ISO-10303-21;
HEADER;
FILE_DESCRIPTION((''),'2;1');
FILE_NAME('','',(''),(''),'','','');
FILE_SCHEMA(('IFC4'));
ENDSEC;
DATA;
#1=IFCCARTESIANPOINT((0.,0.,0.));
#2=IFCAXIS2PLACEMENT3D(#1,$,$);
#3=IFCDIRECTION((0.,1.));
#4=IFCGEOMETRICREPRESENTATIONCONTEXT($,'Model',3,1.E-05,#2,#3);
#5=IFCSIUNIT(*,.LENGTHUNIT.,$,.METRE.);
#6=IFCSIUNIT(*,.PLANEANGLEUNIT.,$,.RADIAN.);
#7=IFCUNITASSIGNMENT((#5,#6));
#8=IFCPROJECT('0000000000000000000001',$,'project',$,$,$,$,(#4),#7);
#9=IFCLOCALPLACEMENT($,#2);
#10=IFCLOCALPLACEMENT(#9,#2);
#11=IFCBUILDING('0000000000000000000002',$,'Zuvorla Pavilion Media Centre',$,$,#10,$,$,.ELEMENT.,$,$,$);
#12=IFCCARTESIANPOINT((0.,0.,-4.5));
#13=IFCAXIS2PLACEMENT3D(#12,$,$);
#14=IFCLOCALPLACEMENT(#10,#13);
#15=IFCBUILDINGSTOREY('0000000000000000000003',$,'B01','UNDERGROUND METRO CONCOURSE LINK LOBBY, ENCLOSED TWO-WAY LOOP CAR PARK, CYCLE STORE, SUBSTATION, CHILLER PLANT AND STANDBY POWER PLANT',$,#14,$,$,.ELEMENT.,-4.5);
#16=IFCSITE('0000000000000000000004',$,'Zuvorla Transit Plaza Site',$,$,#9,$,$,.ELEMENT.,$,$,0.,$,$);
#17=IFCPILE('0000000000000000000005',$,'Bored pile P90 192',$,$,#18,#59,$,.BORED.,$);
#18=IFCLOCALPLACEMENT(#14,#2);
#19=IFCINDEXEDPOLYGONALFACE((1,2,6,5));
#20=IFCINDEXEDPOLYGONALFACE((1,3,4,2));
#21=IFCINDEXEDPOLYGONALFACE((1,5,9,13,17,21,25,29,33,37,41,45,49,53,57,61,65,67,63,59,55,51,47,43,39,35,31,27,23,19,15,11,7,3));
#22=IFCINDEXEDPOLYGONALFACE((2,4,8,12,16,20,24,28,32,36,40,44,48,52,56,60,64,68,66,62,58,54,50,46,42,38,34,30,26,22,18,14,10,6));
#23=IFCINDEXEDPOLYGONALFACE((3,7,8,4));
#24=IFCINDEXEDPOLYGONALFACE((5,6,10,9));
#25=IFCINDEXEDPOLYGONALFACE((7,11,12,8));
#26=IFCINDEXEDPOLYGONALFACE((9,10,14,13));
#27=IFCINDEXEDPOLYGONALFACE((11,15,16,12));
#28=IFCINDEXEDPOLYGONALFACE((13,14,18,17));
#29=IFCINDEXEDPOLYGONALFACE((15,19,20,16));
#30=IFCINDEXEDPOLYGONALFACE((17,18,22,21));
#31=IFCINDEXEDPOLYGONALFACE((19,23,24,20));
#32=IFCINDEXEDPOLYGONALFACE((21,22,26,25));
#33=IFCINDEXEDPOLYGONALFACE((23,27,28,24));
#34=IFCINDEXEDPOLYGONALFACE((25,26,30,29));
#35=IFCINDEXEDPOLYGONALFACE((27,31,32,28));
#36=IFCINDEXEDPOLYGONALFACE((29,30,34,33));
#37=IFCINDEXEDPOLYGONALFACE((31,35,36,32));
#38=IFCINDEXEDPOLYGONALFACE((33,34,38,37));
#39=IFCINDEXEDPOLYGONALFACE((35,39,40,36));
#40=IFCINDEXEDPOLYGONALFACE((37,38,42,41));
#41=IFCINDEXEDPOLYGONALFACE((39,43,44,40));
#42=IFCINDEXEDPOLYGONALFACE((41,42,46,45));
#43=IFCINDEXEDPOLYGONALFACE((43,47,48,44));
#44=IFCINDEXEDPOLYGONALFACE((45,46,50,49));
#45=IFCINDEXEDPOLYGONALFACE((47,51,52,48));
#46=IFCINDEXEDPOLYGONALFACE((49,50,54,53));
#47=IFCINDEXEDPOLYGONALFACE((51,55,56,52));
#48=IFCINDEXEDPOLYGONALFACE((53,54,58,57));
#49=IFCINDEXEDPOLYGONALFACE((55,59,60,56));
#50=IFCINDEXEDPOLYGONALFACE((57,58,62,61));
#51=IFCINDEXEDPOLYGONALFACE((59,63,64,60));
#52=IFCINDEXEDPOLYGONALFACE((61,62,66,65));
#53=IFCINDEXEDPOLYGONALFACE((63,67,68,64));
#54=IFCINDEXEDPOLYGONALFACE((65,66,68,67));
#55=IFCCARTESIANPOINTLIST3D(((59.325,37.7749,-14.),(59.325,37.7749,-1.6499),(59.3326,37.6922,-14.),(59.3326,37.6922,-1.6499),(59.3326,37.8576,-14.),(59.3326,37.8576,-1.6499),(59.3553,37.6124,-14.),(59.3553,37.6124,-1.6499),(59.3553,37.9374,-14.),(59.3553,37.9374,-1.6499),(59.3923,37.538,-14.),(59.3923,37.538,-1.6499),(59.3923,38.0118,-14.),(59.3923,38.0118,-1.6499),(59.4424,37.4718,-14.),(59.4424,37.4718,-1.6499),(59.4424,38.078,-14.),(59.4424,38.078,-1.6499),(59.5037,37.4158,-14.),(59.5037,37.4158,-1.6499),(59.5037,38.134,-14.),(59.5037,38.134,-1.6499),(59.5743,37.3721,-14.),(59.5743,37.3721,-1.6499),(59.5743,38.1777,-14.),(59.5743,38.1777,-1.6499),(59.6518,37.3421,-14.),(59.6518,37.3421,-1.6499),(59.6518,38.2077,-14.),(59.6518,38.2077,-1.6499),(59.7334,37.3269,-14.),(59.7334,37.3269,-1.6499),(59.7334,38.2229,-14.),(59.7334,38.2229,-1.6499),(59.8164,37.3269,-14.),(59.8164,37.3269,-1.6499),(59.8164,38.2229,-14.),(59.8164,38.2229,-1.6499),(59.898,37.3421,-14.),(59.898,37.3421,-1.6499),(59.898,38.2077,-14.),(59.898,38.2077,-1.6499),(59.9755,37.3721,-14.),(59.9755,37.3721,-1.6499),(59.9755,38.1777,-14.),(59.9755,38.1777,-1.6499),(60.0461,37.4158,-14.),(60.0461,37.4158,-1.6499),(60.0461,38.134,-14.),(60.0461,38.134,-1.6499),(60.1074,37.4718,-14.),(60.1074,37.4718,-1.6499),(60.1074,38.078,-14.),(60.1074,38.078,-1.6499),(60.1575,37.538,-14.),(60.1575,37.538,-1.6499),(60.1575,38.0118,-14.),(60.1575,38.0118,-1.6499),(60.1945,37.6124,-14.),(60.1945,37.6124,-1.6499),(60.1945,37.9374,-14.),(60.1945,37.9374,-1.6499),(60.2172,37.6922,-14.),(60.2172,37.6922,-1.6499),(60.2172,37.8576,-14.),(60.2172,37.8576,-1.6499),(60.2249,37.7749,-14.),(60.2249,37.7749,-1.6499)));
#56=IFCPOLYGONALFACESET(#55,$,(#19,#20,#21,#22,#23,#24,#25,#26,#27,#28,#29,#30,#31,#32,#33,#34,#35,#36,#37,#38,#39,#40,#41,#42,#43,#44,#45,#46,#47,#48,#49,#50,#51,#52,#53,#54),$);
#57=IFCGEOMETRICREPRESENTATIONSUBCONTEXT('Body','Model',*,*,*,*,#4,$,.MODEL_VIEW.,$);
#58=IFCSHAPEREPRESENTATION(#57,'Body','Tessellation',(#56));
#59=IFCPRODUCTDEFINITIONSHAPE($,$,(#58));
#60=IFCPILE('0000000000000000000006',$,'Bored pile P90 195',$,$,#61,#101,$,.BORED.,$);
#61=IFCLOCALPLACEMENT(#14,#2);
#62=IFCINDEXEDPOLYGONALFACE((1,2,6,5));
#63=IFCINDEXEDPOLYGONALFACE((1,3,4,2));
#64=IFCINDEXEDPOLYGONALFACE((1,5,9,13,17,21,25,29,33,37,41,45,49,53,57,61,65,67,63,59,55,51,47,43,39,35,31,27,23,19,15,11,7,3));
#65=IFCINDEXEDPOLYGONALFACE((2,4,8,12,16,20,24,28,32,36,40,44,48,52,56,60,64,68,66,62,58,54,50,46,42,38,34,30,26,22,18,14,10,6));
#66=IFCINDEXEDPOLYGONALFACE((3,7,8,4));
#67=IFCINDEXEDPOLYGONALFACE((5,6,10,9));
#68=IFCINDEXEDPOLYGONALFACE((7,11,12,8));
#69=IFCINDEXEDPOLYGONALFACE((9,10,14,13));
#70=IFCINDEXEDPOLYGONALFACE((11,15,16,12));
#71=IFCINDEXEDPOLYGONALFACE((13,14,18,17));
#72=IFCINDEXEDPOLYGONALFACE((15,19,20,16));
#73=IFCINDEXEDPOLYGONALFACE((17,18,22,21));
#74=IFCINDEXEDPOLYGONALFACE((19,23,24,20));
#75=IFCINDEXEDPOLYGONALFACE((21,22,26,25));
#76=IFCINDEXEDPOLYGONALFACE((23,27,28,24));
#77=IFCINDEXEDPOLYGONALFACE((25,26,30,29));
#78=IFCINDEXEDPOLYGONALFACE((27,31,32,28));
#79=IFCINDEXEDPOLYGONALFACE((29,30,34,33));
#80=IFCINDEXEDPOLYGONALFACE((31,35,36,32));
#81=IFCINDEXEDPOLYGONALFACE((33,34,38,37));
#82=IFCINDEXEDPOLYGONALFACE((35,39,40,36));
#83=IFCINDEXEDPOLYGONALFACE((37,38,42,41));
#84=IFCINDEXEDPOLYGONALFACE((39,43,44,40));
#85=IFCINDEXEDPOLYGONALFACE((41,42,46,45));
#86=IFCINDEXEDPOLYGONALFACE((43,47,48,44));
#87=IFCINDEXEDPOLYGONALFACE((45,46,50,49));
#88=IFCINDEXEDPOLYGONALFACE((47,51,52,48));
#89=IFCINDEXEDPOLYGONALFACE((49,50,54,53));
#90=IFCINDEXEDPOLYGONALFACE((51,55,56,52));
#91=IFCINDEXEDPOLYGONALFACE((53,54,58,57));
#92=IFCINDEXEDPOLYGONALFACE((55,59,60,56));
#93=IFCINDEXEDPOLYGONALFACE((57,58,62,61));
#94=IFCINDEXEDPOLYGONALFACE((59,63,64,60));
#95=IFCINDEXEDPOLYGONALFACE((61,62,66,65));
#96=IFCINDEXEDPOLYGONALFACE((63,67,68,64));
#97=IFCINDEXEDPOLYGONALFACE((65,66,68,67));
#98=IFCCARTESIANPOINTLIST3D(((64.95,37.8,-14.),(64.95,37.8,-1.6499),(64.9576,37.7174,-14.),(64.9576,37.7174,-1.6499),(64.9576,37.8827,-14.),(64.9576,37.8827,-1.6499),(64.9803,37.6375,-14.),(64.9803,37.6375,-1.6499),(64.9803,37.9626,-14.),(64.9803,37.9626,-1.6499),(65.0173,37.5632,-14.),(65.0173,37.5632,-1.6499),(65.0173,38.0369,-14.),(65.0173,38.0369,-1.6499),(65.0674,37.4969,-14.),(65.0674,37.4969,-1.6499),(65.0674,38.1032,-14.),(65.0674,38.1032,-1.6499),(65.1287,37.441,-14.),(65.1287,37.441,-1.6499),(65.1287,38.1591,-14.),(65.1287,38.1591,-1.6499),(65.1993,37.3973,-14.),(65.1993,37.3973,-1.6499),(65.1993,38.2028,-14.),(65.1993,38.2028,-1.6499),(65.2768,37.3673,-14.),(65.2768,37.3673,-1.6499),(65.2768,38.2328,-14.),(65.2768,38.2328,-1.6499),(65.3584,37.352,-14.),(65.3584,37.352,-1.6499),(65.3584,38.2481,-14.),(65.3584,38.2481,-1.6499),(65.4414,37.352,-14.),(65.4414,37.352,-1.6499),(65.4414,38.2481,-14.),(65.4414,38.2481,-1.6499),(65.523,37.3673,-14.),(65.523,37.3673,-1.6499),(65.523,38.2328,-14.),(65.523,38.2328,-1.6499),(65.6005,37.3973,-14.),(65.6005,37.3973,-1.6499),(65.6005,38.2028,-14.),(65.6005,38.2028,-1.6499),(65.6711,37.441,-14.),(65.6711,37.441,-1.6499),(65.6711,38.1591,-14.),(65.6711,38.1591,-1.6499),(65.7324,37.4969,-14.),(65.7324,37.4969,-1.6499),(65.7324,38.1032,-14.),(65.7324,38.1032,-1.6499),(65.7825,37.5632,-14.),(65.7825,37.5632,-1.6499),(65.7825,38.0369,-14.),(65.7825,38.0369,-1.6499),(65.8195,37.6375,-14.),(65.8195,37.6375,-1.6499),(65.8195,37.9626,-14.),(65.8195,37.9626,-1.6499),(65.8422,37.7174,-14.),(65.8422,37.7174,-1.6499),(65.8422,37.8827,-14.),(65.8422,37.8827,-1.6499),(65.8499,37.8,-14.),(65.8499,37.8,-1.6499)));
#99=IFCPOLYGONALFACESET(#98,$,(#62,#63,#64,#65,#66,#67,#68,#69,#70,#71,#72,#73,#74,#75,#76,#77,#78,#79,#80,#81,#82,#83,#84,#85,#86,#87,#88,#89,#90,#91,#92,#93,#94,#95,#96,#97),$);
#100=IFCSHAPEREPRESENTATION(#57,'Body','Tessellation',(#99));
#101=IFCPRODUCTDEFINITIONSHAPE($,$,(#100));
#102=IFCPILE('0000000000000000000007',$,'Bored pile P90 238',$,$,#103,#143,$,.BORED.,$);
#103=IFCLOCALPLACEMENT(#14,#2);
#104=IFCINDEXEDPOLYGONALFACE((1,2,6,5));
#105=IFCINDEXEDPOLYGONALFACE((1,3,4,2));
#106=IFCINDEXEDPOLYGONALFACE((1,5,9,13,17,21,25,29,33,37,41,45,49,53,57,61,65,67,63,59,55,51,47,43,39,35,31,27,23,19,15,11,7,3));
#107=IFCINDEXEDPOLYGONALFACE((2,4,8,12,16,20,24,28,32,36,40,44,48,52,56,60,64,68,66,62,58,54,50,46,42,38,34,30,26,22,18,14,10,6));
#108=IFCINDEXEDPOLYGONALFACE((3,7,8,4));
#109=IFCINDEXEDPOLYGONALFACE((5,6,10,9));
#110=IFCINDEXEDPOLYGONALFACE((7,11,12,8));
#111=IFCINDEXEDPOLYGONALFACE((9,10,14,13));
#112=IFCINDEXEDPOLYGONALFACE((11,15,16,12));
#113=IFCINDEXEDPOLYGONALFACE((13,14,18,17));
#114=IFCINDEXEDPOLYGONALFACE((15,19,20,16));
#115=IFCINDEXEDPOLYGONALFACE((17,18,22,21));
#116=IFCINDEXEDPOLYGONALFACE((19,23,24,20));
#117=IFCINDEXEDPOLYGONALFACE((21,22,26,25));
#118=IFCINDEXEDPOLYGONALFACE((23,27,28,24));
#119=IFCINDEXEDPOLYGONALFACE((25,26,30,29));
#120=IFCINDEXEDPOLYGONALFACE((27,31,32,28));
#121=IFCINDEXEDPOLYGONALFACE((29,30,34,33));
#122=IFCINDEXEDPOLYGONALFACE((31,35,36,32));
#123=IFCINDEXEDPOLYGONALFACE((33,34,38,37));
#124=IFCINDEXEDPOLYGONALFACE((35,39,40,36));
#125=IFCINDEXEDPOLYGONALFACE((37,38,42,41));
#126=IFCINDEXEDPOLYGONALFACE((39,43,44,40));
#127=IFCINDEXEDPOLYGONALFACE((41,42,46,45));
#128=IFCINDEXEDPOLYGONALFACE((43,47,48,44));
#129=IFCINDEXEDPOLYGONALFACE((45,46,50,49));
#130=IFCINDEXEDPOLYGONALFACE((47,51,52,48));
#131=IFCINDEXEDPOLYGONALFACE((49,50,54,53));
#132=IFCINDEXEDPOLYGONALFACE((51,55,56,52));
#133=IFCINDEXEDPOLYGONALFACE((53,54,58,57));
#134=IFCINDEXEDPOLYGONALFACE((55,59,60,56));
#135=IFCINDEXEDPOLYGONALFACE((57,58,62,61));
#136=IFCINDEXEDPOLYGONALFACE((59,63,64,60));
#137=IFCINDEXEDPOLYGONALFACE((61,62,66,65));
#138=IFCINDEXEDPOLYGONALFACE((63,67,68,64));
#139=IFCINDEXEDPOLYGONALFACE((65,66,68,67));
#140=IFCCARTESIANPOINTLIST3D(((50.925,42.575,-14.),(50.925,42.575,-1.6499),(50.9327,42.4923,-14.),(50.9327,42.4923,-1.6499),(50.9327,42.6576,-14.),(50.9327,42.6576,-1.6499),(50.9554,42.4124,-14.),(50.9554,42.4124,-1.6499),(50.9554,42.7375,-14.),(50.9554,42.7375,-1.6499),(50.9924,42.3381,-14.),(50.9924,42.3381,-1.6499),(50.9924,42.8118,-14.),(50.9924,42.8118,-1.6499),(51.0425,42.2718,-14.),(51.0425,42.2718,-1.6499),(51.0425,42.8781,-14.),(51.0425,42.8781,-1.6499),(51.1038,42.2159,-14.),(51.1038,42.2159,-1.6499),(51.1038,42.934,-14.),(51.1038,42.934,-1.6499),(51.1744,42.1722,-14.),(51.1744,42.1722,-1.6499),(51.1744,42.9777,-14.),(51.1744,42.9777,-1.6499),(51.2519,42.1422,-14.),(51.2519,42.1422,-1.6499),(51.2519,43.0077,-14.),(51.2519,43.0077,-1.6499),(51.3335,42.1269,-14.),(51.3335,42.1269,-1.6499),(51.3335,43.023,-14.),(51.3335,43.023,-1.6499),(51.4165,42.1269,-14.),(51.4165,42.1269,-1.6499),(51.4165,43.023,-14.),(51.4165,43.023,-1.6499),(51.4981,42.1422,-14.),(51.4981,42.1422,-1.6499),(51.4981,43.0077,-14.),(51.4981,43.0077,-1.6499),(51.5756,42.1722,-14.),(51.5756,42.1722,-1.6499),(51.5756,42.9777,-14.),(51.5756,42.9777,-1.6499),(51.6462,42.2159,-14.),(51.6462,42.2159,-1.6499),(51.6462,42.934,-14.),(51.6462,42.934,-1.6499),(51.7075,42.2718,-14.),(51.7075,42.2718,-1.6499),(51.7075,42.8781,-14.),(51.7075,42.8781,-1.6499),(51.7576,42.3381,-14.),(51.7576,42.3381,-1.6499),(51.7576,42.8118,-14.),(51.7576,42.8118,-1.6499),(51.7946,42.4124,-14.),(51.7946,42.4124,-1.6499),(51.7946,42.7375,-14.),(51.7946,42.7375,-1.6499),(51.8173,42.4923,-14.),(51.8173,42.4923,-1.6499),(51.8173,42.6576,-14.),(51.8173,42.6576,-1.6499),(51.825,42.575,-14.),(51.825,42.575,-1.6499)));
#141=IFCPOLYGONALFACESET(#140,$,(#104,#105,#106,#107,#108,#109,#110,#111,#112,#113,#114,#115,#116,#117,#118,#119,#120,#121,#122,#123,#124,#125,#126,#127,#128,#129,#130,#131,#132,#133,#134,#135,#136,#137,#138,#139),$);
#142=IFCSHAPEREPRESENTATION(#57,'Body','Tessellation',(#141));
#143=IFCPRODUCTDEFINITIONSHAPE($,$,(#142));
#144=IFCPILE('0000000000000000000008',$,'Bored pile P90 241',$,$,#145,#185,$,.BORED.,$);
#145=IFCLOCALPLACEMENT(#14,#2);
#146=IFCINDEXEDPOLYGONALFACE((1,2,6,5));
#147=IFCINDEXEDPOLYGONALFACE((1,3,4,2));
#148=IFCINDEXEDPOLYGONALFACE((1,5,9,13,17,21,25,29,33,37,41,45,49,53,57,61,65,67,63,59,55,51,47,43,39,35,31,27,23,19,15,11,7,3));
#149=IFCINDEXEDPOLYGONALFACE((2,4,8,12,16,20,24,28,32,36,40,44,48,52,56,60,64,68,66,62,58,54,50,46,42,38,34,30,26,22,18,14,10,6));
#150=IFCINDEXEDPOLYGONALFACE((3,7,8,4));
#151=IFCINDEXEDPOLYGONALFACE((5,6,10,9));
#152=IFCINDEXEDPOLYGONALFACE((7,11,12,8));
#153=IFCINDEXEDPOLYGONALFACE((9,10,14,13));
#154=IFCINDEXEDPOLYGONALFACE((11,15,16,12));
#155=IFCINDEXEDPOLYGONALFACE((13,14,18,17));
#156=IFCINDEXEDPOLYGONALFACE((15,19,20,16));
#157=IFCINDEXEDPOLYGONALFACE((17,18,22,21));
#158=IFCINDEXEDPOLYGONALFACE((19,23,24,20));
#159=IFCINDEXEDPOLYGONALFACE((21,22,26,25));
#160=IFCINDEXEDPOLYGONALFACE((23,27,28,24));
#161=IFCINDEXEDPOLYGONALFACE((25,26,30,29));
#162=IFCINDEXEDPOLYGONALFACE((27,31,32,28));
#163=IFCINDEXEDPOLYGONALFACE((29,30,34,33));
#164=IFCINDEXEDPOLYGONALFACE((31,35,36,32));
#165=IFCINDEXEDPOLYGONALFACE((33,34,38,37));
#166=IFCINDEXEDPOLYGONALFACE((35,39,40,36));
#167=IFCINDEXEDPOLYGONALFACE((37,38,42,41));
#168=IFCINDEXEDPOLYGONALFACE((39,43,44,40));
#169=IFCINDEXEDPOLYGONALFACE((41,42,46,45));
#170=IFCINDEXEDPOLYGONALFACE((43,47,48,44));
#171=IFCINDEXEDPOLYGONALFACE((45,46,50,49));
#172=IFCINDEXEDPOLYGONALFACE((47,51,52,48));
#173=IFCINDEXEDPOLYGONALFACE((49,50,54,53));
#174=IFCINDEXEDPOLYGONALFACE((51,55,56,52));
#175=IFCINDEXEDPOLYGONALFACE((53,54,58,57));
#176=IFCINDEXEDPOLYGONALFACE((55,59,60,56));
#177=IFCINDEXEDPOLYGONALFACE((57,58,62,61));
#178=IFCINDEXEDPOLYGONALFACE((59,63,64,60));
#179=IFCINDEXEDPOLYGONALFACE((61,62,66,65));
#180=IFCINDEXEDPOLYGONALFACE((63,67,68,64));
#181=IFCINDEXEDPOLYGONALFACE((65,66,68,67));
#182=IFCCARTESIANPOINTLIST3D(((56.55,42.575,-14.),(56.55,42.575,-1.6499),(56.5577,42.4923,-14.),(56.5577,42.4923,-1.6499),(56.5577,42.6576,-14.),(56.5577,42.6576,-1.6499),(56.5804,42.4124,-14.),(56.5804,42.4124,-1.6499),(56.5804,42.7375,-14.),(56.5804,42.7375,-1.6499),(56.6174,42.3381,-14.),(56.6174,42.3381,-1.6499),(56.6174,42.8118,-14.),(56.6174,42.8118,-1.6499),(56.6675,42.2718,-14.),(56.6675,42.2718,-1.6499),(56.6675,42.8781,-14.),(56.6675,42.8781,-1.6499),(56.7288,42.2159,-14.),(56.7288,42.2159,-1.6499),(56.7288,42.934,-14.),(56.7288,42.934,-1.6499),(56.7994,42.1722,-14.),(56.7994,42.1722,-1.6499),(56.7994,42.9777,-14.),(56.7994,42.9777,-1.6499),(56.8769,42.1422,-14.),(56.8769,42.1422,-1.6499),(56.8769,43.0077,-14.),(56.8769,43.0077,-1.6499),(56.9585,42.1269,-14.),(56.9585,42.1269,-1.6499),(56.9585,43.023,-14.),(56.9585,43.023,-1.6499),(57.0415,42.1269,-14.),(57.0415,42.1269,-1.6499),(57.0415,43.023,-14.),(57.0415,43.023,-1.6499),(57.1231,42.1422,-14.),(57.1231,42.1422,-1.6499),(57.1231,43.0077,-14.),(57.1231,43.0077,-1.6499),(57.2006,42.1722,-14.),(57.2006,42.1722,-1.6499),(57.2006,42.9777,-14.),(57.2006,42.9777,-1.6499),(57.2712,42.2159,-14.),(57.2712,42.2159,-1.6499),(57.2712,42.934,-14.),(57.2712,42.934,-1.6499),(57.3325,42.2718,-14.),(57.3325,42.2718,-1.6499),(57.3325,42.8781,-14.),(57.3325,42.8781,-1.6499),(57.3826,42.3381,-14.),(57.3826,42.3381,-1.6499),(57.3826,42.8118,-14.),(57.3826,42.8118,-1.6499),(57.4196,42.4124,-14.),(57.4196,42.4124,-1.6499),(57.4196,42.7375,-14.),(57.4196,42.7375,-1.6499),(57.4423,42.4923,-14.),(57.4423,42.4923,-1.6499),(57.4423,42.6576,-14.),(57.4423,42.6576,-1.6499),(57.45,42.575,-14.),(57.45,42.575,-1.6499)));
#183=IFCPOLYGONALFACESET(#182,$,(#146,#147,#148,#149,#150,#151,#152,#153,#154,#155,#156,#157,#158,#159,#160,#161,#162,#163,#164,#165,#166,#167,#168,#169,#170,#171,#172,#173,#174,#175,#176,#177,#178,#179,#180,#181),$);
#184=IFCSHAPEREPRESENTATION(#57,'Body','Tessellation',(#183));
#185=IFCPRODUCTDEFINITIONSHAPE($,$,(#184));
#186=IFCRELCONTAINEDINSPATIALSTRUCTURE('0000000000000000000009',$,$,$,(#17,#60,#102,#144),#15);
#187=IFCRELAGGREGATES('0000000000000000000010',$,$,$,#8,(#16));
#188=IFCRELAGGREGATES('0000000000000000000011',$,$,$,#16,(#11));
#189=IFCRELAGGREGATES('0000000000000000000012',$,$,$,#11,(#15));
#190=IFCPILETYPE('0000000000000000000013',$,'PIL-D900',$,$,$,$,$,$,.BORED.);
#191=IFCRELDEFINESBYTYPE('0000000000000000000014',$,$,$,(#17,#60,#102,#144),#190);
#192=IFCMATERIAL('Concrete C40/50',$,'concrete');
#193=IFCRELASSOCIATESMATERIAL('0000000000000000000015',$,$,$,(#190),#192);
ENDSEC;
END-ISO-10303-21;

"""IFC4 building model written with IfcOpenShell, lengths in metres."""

from ifc_helpers import new_model, si_unit, direction, frame, origin, origin_2d, place, context, subcontext, project, spatial, circle, extrude, material, material_profile, profile_set, type_object, element, save


model = new_model("IFC4")

# Units and contexts
model_context = context("Model", 3, precision=1e-05, world=origin(), true_north=direction((0.0, 1.0)))
body_context = subcontext(model_context, "Body", "Model", "MODEL_VIEW")
ifc_project = project(units=[si_unit("LENGTHUNIT", "METRE"), si_unit("PLANEANGLEUNIT", "RADIAN")], contexts=[model_context])

# Site, building, storey
site_placement = place(None, origin())
site = spatial("IfcSite", under=ifc_project, at=site_placement, Name="Zuvorla Transit Plaza Site", CompositionType="ELEMENT", RefElevation=0.0)
building_placement = place(site_placement, origin())
building = spatial("IfcBuilding", under=site, at=building_placement, Name="Zuvorla Pavilion Media Centre", CompositionType="ELEMENT")
storey_placement = place(building_placement, frame((0.0, 0.0, -4.5)))
storey = spatial("IfcBuildingStorey", under=building, at=storey_placement, Name="B01", Description="UNDERGROUND METRO CONCOURSE LINK LOBBY, ENCLOSED TWO-WAY LOOP CAR PARK, CYCLE STORE, SUBSTATION, CHILLER PLANT AND STANDBY POWER PLANT", CompositionType="ELEMENT", Elevation=-4.5)

# Shared definitions
ifc_material_1 = material(Name="Concrete C40/50", Category="concrete")

# Piles
ifc_material_profile_1 = material_profile(ifc_material_1, circle(Radius=0.45, at=origin_2d()), Name="BORED PILE 900")
ifc_profile_set_1 = profile_set([ifc_material_profile_1], Name="Concrete C40/50")
pile_type = type_object("IfcPileType", Name="PIL-D900", PredefinedType="BORED", material=ifc_profile_set_1)
for number, where, z_axis, x_axis, name in (
    (1, (59.7749, 37.7749, -1.6499), (0.0, 0.0, -1.0), (1.0, 0.0, 0.0), "Bored pile P90 192"),
    (2, (65.3999, 37.8, -1.6499), (0.0, 0.0, -1.0), (1.0, 0.0, 0.0), "Bored pile P90 195"),
    (3, (51.375, 42.575, -1.6499), (0.0, 0.0, -1.0), (1.0, 0.0, 0.0), "Bored pile P90 238"),
    (4, (57.0, 42.575, -1.6499), (0.0, 0.0, -1.0), (1.0, 0.0, 0.0), "Bored pile P90 241"),
):
    element("IfcPile", number, at=place(storey_placement, frame(where, z_axis=z_axis, x_axis=x_axis)), inside=storey, type_object=pile_type, Name=name, PredefinedType="BORED", context=body_context, shape_type="SweptSolid", body=[
        extrude(circle(Radius=0.45, at=origin_2d()), origin(), (0.0, 0.0, 1.0), 12.3501),
    ])

save(model, "model.ifc")
